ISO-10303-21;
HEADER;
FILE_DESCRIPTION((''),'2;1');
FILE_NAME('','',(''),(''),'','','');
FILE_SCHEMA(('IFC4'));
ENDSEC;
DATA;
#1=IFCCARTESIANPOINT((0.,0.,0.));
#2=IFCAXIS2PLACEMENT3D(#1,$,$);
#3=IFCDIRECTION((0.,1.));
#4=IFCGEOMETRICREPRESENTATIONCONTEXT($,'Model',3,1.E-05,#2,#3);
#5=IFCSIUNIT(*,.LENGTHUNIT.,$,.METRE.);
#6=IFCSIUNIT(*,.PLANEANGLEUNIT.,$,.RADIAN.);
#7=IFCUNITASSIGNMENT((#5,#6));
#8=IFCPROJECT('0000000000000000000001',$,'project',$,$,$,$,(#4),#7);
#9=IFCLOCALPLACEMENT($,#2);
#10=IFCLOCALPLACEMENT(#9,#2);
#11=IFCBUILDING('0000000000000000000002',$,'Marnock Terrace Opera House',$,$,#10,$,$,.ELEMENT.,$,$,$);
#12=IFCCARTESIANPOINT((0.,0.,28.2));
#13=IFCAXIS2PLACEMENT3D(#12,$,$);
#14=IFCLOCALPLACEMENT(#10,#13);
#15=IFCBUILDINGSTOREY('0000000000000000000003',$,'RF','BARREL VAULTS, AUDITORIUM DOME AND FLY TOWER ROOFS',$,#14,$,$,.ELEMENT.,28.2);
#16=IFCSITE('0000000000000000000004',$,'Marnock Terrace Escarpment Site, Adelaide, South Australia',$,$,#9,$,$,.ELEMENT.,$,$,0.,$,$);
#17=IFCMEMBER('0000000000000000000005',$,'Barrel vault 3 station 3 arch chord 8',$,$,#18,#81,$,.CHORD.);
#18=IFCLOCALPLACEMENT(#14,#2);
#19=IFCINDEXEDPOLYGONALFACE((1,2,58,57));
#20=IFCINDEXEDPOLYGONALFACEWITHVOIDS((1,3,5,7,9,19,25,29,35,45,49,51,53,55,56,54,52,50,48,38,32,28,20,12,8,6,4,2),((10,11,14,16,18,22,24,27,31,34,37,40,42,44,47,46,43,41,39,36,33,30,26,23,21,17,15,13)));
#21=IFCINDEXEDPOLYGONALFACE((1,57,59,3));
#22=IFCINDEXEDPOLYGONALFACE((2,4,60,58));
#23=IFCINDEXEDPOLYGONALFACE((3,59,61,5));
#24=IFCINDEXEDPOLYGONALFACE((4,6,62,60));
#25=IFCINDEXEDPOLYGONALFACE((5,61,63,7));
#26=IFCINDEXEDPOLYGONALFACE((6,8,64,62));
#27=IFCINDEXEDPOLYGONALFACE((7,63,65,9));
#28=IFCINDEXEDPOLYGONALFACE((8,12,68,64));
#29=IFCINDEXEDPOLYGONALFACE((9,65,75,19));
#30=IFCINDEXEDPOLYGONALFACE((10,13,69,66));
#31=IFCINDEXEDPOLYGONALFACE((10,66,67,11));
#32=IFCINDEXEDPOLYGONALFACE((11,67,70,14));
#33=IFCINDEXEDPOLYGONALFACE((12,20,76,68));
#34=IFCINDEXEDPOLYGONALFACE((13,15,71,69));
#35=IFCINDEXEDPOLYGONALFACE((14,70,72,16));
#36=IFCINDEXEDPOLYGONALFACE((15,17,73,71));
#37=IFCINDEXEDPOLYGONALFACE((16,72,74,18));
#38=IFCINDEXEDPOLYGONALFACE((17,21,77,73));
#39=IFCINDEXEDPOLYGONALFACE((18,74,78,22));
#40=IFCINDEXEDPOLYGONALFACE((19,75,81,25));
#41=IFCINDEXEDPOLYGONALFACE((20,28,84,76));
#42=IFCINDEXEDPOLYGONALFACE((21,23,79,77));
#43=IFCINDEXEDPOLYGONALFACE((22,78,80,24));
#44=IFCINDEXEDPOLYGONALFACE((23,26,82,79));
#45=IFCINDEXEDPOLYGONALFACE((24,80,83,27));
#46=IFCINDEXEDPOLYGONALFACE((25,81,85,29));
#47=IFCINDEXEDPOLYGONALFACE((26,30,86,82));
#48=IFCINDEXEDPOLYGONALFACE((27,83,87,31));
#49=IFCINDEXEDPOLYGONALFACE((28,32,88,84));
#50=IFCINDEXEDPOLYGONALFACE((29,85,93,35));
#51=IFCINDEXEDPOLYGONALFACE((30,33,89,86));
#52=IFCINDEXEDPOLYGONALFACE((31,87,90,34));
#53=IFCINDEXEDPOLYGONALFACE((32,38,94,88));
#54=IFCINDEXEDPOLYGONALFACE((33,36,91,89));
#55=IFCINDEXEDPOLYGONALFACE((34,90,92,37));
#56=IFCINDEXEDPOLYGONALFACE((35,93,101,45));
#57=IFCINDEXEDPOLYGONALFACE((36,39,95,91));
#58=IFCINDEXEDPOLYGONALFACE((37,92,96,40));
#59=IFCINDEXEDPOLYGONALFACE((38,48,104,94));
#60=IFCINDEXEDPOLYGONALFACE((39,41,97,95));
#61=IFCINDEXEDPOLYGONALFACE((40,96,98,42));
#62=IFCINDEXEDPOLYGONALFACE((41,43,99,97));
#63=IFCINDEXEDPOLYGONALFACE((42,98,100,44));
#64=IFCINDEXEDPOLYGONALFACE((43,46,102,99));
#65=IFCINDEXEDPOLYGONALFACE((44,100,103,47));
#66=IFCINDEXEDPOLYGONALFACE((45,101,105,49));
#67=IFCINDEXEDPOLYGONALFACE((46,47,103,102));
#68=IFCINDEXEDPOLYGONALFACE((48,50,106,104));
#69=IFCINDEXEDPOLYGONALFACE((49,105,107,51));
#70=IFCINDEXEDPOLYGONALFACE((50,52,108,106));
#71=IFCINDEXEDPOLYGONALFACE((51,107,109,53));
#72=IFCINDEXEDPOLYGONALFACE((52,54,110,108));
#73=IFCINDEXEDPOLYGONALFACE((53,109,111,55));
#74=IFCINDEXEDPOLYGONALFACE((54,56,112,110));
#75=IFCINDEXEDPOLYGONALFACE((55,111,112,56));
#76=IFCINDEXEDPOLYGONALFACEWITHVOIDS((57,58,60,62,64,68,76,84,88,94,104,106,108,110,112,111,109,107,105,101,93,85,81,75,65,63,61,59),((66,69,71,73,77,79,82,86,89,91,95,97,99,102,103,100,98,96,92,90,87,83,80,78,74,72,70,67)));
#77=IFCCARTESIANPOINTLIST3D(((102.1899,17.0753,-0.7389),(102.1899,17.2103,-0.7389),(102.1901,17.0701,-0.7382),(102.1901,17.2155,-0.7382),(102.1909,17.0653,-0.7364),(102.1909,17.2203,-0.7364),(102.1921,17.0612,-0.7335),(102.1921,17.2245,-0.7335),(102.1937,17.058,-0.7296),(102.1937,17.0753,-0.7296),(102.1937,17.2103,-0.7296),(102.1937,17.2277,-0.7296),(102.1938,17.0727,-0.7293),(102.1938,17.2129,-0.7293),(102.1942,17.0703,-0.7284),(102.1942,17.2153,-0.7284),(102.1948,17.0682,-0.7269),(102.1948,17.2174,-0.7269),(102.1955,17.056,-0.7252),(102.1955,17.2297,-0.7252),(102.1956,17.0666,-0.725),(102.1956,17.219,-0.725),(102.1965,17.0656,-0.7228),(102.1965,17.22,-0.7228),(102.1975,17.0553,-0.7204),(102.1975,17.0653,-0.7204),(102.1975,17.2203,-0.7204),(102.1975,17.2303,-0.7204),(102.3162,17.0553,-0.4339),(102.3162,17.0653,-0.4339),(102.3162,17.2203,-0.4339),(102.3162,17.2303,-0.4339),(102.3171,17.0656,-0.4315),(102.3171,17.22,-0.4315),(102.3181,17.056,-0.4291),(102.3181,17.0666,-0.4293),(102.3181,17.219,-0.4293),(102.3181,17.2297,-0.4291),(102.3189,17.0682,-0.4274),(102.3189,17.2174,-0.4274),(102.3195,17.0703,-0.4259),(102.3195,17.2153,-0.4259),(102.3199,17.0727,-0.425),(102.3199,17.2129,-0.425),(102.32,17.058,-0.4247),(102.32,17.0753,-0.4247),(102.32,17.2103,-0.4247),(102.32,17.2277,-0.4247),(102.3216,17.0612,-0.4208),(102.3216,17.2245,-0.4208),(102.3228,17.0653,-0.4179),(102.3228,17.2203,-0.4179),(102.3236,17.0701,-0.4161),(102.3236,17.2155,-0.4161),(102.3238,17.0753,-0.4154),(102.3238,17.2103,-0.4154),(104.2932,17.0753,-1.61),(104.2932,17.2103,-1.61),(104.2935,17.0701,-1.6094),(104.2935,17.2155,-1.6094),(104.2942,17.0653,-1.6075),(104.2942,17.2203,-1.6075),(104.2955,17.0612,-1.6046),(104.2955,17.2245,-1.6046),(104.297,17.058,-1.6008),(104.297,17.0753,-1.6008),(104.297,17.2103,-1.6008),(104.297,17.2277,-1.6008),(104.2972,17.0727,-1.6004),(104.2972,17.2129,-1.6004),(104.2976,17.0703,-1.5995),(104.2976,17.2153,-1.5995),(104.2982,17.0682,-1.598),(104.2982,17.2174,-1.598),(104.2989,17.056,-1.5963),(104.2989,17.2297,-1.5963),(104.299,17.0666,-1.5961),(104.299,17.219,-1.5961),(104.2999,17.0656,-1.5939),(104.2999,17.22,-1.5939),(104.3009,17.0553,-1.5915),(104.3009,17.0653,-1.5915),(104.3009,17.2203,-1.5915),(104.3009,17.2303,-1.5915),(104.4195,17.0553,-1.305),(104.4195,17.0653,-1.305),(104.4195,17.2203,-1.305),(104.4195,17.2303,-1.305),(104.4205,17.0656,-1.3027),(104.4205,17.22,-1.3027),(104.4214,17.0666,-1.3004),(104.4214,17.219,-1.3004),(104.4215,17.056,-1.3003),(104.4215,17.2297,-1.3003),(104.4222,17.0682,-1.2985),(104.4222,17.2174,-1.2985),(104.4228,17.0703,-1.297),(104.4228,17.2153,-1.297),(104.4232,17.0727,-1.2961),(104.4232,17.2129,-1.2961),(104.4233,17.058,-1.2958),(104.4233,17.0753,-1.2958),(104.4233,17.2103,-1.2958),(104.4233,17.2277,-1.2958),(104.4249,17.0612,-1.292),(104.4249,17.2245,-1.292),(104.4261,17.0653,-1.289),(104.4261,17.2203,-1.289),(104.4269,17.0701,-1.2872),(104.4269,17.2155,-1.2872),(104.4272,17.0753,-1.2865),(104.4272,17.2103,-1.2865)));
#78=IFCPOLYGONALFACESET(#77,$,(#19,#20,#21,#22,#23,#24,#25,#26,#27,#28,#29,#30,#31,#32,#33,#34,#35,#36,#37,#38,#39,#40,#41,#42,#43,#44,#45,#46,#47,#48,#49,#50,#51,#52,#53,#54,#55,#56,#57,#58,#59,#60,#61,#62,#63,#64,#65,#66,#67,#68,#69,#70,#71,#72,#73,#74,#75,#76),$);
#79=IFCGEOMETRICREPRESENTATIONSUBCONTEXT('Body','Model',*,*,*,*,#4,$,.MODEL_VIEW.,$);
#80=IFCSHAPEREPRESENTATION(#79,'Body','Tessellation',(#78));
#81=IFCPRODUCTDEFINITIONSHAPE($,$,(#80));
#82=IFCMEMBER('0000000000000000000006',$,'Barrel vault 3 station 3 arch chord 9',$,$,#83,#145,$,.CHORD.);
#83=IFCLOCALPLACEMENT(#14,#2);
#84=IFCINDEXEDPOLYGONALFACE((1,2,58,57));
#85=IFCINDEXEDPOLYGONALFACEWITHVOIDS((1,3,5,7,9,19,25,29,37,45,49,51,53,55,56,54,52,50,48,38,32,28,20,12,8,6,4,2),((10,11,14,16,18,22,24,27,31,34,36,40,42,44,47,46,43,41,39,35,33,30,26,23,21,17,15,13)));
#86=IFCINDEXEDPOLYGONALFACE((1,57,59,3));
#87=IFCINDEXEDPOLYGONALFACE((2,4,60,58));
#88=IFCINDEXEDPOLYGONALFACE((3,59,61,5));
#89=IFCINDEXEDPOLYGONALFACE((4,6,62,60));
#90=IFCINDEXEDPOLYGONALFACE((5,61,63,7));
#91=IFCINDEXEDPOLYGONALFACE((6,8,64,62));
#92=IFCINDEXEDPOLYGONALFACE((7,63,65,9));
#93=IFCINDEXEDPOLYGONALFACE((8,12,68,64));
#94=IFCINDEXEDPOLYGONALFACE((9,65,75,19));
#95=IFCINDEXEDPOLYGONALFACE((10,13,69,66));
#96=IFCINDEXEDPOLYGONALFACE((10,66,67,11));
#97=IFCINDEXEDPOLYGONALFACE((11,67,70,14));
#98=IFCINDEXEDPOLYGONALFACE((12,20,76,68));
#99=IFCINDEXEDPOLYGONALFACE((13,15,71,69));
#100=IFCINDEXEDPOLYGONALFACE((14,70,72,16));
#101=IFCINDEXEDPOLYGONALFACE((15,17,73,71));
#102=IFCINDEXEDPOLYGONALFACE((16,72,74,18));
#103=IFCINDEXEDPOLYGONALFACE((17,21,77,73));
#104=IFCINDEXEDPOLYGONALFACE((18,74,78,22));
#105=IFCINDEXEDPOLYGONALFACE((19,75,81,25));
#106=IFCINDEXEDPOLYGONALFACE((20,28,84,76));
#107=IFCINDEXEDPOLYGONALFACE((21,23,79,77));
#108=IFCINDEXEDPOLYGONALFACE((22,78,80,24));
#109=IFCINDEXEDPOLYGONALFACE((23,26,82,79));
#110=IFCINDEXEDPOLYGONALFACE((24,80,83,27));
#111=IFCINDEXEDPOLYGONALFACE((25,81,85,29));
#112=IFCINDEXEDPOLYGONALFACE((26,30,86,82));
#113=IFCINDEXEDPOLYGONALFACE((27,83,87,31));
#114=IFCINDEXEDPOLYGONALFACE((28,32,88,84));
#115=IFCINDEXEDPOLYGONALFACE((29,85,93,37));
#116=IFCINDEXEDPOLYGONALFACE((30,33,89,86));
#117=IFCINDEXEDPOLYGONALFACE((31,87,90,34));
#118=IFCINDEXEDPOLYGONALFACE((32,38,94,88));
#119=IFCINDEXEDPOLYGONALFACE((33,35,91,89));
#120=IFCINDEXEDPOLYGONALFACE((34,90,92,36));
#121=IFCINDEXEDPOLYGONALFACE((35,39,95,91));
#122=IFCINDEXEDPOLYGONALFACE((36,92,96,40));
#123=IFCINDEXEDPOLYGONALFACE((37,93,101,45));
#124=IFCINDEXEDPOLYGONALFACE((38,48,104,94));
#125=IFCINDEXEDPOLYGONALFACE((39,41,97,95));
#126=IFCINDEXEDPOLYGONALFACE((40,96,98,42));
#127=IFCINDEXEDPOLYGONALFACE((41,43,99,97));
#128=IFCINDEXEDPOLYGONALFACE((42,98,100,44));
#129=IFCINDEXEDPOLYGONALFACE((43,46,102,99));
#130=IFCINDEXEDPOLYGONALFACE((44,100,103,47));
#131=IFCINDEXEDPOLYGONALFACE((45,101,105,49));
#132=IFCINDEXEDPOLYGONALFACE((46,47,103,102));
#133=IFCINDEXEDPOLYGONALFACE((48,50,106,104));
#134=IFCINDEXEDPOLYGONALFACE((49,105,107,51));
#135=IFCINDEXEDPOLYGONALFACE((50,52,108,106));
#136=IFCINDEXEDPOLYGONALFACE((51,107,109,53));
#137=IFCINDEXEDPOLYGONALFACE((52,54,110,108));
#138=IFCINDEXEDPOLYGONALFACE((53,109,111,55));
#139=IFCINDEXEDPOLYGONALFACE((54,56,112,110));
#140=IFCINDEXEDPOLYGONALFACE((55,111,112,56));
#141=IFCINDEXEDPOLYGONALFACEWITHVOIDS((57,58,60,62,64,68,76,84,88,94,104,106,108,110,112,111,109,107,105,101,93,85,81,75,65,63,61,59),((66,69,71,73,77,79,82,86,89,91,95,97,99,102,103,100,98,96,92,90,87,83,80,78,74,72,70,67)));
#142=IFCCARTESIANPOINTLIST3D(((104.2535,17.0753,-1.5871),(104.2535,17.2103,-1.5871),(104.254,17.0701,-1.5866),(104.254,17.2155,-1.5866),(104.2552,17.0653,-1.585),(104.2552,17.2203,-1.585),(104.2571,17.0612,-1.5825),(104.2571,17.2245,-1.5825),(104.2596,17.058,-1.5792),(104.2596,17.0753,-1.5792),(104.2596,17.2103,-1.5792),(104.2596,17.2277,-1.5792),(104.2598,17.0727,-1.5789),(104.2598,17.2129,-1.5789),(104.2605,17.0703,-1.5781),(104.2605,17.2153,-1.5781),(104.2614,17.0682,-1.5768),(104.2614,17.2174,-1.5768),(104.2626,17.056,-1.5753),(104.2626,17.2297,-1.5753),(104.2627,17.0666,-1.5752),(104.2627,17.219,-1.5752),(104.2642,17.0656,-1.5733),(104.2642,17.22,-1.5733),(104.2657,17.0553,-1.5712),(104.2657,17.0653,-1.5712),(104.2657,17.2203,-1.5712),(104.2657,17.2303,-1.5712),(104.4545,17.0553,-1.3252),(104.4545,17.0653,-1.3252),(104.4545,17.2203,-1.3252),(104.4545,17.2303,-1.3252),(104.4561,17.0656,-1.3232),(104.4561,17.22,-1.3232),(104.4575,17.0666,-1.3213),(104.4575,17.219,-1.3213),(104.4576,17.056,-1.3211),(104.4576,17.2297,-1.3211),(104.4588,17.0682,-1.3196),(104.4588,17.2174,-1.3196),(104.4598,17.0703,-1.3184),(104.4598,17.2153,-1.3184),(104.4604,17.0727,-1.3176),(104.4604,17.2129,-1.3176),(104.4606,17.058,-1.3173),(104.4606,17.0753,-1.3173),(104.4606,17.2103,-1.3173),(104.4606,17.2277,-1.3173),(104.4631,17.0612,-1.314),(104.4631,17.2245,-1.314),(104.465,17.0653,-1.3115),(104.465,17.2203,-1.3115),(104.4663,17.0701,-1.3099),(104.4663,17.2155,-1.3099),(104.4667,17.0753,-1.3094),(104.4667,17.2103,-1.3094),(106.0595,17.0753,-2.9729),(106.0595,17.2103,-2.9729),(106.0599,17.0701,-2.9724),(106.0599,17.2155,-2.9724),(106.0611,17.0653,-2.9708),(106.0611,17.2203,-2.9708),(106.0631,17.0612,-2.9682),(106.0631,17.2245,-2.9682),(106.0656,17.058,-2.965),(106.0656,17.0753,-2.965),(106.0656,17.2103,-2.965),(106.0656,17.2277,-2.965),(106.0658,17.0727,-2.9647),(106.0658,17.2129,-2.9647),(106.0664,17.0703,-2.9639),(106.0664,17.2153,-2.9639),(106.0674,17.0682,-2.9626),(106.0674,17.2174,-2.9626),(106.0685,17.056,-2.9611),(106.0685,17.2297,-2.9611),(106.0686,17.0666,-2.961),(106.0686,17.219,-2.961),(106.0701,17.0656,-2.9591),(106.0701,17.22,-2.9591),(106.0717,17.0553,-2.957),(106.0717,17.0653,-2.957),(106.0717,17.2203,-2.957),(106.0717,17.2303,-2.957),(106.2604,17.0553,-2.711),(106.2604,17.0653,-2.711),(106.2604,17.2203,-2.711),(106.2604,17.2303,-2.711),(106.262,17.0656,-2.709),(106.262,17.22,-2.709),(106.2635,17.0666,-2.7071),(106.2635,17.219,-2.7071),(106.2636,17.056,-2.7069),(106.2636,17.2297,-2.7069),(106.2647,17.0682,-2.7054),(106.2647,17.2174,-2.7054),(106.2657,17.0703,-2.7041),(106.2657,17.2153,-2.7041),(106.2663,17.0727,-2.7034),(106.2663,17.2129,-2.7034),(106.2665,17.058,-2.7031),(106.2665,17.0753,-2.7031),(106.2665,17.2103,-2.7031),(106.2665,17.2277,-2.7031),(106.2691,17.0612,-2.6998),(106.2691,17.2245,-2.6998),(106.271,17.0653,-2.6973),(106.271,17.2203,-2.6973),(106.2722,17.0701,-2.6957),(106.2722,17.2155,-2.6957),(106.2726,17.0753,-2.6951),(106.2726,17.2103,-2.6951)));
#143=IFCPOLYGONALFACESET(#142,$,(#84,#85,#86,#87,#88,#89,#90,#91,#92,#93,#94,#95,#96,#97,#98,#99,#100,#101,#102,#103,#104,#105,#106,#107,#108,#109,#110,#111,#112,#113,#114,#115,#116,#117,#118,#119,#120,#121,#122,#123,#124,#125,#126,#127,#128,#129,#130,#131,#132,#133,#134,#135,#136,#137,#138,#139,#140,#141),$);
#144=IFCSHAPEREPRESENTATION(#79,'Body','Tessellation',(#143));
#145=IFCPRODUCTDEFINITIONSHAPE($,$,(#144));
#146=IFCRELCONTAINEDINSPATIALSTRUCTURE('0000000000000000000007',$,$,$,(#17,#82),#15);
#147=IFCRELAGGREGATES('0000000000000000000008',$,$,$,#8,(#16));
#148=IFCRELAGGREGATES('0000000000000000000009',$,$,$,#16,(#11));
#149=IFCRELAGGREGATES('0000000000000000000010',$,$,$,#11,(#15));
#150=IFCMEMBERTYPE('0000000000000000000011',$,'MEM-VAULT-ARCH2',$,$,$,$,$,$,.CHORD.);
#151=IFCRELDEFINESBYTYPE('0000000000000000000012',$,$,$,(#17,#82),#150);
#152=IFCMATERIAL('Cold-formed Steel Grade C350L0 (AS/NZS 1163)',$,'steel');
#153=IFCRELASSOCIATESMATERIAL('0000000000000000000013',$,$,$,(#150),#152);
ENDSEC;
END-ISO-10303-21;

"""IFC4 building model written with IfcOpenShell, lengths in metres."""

from ifc_helpers import new_model, si_unit, direction, frame, origin, origin_2d, place, context, subcontext, project, spatial, hollow_rectangle, extrude, material, material_profile, profile_set, type_object, element, save


model = new_model("IFC4")

# Units and contexts
model_context = context("Model", 3, precision=1e-05, world=origin(), true_north=direction((0.0, 1.0)))
body_context = subcontext(model_context, "Body", "Model", "MODEL_VIEW")
ifc_project = project(units=[si_unit("LENGTHUNIT", "METRE"), si_unit("PLANEANGLEUNIT", "RADIAN")], contexts=[model_context])

# Site, building, storey
site_placement = place(None, origin())
site = spatial("IfcSite", under=ifc_project, at=site_placement, Name="Marnock Terrace Escarpment Site, Adelaide, South Australia", CompositionType="ELEMENT", RefElevation=0.0)
building_placement = place(site_placement, origin())
building = spatial("IfcBuilding", under=site, at=building_placement, Name="Marnock Terrace Opera House", CompositionType="ELEMENT")
storey_placement = place(building_placement, frame((0.0, 0.0, 28.2)))
storey = spatial("IfcBuildingStorey", under=building, at=storey_placement, Name="RF", Description="BARREL VAULTS, AUDITORIUM DOME AND FLY TOWER ROOFS", CompositionType="ELEMENT", Elevation=28.2)

# Members
ifc_material_1 = material(Name="Cold-formed Steel Grade C350L0 (AS/NZS 1163)", Category="steel")
ifc_material_profile_1 = material_profile(ifc_material_1, hollow_rectangle(XDim=0.175, YDim=0.3501, WallThickness=0.01, InnerFilletRadius=0.01, OuterFilletRadius=0.02, at=origin_2d()))
ifc_profile_set_1 = profile_set([ifc_material_profile_1], Name="Cold-formed Steel Grade C350L0 (AS/NZS 1163)")
member_type_1 = type_object("IfcMemberType", Name="MEM-VAULT-ARCH2", PredefinedType="CHORD", material=ifc_profile_set_1)
member_1_placement = place(storey_placement, frame((102.2568, 17.1428, -0.5771), z_axis=(0.923897, 0.0, -0.382642), x_axis=(0.0, 1.0, 0.0)))
element("IfcMember", 1, at=member_1_placement, inside=storey, type_object=member_type_1, Name="Barrel vault 3 station 3 arch chord 8", PredefinedType="CHORD", context=body_context, shape_type="SweptSolid", body=[
    extrude(hollow_rectangle(XDim=0.175, YDim=0.3501, WallThickness=0.01, InnerFilletRadius=0.01, OuterFilletRadius=0.02, at=origin_2d()), origin(), (0.0, 0.0, 1.0), 2.2766),
])
for number, where, z_axis, x_axis, name in (
    (2, (104.3601, 17.1428, -1.4482), (0.793349, 0.0, -0.608767), (0.0, 1.0, 0.0), "Barrel vault 3 station 3 arch chord 9"),
):
    element("IfcMember", number, at=place(storey_placement, frame(where, z_axis=z_axis, x_axis=x_axis)), inside=storey, type_object=member_type_1, Name=name, PredefinedType="CHORD", context=body_context, shape_type="SweptSolid", body=[
        extrude(hollow_rectangle(XDim=0.175, YDim=0.3501, WallThickness=0.01, InnerFilletRadius=0.01, OuterFilletRadius=0.02, at=origin_2d()), origin(), (0.0, 0.0, 1.0), 2.2764),
    ])

save(model, "model.ifc")
